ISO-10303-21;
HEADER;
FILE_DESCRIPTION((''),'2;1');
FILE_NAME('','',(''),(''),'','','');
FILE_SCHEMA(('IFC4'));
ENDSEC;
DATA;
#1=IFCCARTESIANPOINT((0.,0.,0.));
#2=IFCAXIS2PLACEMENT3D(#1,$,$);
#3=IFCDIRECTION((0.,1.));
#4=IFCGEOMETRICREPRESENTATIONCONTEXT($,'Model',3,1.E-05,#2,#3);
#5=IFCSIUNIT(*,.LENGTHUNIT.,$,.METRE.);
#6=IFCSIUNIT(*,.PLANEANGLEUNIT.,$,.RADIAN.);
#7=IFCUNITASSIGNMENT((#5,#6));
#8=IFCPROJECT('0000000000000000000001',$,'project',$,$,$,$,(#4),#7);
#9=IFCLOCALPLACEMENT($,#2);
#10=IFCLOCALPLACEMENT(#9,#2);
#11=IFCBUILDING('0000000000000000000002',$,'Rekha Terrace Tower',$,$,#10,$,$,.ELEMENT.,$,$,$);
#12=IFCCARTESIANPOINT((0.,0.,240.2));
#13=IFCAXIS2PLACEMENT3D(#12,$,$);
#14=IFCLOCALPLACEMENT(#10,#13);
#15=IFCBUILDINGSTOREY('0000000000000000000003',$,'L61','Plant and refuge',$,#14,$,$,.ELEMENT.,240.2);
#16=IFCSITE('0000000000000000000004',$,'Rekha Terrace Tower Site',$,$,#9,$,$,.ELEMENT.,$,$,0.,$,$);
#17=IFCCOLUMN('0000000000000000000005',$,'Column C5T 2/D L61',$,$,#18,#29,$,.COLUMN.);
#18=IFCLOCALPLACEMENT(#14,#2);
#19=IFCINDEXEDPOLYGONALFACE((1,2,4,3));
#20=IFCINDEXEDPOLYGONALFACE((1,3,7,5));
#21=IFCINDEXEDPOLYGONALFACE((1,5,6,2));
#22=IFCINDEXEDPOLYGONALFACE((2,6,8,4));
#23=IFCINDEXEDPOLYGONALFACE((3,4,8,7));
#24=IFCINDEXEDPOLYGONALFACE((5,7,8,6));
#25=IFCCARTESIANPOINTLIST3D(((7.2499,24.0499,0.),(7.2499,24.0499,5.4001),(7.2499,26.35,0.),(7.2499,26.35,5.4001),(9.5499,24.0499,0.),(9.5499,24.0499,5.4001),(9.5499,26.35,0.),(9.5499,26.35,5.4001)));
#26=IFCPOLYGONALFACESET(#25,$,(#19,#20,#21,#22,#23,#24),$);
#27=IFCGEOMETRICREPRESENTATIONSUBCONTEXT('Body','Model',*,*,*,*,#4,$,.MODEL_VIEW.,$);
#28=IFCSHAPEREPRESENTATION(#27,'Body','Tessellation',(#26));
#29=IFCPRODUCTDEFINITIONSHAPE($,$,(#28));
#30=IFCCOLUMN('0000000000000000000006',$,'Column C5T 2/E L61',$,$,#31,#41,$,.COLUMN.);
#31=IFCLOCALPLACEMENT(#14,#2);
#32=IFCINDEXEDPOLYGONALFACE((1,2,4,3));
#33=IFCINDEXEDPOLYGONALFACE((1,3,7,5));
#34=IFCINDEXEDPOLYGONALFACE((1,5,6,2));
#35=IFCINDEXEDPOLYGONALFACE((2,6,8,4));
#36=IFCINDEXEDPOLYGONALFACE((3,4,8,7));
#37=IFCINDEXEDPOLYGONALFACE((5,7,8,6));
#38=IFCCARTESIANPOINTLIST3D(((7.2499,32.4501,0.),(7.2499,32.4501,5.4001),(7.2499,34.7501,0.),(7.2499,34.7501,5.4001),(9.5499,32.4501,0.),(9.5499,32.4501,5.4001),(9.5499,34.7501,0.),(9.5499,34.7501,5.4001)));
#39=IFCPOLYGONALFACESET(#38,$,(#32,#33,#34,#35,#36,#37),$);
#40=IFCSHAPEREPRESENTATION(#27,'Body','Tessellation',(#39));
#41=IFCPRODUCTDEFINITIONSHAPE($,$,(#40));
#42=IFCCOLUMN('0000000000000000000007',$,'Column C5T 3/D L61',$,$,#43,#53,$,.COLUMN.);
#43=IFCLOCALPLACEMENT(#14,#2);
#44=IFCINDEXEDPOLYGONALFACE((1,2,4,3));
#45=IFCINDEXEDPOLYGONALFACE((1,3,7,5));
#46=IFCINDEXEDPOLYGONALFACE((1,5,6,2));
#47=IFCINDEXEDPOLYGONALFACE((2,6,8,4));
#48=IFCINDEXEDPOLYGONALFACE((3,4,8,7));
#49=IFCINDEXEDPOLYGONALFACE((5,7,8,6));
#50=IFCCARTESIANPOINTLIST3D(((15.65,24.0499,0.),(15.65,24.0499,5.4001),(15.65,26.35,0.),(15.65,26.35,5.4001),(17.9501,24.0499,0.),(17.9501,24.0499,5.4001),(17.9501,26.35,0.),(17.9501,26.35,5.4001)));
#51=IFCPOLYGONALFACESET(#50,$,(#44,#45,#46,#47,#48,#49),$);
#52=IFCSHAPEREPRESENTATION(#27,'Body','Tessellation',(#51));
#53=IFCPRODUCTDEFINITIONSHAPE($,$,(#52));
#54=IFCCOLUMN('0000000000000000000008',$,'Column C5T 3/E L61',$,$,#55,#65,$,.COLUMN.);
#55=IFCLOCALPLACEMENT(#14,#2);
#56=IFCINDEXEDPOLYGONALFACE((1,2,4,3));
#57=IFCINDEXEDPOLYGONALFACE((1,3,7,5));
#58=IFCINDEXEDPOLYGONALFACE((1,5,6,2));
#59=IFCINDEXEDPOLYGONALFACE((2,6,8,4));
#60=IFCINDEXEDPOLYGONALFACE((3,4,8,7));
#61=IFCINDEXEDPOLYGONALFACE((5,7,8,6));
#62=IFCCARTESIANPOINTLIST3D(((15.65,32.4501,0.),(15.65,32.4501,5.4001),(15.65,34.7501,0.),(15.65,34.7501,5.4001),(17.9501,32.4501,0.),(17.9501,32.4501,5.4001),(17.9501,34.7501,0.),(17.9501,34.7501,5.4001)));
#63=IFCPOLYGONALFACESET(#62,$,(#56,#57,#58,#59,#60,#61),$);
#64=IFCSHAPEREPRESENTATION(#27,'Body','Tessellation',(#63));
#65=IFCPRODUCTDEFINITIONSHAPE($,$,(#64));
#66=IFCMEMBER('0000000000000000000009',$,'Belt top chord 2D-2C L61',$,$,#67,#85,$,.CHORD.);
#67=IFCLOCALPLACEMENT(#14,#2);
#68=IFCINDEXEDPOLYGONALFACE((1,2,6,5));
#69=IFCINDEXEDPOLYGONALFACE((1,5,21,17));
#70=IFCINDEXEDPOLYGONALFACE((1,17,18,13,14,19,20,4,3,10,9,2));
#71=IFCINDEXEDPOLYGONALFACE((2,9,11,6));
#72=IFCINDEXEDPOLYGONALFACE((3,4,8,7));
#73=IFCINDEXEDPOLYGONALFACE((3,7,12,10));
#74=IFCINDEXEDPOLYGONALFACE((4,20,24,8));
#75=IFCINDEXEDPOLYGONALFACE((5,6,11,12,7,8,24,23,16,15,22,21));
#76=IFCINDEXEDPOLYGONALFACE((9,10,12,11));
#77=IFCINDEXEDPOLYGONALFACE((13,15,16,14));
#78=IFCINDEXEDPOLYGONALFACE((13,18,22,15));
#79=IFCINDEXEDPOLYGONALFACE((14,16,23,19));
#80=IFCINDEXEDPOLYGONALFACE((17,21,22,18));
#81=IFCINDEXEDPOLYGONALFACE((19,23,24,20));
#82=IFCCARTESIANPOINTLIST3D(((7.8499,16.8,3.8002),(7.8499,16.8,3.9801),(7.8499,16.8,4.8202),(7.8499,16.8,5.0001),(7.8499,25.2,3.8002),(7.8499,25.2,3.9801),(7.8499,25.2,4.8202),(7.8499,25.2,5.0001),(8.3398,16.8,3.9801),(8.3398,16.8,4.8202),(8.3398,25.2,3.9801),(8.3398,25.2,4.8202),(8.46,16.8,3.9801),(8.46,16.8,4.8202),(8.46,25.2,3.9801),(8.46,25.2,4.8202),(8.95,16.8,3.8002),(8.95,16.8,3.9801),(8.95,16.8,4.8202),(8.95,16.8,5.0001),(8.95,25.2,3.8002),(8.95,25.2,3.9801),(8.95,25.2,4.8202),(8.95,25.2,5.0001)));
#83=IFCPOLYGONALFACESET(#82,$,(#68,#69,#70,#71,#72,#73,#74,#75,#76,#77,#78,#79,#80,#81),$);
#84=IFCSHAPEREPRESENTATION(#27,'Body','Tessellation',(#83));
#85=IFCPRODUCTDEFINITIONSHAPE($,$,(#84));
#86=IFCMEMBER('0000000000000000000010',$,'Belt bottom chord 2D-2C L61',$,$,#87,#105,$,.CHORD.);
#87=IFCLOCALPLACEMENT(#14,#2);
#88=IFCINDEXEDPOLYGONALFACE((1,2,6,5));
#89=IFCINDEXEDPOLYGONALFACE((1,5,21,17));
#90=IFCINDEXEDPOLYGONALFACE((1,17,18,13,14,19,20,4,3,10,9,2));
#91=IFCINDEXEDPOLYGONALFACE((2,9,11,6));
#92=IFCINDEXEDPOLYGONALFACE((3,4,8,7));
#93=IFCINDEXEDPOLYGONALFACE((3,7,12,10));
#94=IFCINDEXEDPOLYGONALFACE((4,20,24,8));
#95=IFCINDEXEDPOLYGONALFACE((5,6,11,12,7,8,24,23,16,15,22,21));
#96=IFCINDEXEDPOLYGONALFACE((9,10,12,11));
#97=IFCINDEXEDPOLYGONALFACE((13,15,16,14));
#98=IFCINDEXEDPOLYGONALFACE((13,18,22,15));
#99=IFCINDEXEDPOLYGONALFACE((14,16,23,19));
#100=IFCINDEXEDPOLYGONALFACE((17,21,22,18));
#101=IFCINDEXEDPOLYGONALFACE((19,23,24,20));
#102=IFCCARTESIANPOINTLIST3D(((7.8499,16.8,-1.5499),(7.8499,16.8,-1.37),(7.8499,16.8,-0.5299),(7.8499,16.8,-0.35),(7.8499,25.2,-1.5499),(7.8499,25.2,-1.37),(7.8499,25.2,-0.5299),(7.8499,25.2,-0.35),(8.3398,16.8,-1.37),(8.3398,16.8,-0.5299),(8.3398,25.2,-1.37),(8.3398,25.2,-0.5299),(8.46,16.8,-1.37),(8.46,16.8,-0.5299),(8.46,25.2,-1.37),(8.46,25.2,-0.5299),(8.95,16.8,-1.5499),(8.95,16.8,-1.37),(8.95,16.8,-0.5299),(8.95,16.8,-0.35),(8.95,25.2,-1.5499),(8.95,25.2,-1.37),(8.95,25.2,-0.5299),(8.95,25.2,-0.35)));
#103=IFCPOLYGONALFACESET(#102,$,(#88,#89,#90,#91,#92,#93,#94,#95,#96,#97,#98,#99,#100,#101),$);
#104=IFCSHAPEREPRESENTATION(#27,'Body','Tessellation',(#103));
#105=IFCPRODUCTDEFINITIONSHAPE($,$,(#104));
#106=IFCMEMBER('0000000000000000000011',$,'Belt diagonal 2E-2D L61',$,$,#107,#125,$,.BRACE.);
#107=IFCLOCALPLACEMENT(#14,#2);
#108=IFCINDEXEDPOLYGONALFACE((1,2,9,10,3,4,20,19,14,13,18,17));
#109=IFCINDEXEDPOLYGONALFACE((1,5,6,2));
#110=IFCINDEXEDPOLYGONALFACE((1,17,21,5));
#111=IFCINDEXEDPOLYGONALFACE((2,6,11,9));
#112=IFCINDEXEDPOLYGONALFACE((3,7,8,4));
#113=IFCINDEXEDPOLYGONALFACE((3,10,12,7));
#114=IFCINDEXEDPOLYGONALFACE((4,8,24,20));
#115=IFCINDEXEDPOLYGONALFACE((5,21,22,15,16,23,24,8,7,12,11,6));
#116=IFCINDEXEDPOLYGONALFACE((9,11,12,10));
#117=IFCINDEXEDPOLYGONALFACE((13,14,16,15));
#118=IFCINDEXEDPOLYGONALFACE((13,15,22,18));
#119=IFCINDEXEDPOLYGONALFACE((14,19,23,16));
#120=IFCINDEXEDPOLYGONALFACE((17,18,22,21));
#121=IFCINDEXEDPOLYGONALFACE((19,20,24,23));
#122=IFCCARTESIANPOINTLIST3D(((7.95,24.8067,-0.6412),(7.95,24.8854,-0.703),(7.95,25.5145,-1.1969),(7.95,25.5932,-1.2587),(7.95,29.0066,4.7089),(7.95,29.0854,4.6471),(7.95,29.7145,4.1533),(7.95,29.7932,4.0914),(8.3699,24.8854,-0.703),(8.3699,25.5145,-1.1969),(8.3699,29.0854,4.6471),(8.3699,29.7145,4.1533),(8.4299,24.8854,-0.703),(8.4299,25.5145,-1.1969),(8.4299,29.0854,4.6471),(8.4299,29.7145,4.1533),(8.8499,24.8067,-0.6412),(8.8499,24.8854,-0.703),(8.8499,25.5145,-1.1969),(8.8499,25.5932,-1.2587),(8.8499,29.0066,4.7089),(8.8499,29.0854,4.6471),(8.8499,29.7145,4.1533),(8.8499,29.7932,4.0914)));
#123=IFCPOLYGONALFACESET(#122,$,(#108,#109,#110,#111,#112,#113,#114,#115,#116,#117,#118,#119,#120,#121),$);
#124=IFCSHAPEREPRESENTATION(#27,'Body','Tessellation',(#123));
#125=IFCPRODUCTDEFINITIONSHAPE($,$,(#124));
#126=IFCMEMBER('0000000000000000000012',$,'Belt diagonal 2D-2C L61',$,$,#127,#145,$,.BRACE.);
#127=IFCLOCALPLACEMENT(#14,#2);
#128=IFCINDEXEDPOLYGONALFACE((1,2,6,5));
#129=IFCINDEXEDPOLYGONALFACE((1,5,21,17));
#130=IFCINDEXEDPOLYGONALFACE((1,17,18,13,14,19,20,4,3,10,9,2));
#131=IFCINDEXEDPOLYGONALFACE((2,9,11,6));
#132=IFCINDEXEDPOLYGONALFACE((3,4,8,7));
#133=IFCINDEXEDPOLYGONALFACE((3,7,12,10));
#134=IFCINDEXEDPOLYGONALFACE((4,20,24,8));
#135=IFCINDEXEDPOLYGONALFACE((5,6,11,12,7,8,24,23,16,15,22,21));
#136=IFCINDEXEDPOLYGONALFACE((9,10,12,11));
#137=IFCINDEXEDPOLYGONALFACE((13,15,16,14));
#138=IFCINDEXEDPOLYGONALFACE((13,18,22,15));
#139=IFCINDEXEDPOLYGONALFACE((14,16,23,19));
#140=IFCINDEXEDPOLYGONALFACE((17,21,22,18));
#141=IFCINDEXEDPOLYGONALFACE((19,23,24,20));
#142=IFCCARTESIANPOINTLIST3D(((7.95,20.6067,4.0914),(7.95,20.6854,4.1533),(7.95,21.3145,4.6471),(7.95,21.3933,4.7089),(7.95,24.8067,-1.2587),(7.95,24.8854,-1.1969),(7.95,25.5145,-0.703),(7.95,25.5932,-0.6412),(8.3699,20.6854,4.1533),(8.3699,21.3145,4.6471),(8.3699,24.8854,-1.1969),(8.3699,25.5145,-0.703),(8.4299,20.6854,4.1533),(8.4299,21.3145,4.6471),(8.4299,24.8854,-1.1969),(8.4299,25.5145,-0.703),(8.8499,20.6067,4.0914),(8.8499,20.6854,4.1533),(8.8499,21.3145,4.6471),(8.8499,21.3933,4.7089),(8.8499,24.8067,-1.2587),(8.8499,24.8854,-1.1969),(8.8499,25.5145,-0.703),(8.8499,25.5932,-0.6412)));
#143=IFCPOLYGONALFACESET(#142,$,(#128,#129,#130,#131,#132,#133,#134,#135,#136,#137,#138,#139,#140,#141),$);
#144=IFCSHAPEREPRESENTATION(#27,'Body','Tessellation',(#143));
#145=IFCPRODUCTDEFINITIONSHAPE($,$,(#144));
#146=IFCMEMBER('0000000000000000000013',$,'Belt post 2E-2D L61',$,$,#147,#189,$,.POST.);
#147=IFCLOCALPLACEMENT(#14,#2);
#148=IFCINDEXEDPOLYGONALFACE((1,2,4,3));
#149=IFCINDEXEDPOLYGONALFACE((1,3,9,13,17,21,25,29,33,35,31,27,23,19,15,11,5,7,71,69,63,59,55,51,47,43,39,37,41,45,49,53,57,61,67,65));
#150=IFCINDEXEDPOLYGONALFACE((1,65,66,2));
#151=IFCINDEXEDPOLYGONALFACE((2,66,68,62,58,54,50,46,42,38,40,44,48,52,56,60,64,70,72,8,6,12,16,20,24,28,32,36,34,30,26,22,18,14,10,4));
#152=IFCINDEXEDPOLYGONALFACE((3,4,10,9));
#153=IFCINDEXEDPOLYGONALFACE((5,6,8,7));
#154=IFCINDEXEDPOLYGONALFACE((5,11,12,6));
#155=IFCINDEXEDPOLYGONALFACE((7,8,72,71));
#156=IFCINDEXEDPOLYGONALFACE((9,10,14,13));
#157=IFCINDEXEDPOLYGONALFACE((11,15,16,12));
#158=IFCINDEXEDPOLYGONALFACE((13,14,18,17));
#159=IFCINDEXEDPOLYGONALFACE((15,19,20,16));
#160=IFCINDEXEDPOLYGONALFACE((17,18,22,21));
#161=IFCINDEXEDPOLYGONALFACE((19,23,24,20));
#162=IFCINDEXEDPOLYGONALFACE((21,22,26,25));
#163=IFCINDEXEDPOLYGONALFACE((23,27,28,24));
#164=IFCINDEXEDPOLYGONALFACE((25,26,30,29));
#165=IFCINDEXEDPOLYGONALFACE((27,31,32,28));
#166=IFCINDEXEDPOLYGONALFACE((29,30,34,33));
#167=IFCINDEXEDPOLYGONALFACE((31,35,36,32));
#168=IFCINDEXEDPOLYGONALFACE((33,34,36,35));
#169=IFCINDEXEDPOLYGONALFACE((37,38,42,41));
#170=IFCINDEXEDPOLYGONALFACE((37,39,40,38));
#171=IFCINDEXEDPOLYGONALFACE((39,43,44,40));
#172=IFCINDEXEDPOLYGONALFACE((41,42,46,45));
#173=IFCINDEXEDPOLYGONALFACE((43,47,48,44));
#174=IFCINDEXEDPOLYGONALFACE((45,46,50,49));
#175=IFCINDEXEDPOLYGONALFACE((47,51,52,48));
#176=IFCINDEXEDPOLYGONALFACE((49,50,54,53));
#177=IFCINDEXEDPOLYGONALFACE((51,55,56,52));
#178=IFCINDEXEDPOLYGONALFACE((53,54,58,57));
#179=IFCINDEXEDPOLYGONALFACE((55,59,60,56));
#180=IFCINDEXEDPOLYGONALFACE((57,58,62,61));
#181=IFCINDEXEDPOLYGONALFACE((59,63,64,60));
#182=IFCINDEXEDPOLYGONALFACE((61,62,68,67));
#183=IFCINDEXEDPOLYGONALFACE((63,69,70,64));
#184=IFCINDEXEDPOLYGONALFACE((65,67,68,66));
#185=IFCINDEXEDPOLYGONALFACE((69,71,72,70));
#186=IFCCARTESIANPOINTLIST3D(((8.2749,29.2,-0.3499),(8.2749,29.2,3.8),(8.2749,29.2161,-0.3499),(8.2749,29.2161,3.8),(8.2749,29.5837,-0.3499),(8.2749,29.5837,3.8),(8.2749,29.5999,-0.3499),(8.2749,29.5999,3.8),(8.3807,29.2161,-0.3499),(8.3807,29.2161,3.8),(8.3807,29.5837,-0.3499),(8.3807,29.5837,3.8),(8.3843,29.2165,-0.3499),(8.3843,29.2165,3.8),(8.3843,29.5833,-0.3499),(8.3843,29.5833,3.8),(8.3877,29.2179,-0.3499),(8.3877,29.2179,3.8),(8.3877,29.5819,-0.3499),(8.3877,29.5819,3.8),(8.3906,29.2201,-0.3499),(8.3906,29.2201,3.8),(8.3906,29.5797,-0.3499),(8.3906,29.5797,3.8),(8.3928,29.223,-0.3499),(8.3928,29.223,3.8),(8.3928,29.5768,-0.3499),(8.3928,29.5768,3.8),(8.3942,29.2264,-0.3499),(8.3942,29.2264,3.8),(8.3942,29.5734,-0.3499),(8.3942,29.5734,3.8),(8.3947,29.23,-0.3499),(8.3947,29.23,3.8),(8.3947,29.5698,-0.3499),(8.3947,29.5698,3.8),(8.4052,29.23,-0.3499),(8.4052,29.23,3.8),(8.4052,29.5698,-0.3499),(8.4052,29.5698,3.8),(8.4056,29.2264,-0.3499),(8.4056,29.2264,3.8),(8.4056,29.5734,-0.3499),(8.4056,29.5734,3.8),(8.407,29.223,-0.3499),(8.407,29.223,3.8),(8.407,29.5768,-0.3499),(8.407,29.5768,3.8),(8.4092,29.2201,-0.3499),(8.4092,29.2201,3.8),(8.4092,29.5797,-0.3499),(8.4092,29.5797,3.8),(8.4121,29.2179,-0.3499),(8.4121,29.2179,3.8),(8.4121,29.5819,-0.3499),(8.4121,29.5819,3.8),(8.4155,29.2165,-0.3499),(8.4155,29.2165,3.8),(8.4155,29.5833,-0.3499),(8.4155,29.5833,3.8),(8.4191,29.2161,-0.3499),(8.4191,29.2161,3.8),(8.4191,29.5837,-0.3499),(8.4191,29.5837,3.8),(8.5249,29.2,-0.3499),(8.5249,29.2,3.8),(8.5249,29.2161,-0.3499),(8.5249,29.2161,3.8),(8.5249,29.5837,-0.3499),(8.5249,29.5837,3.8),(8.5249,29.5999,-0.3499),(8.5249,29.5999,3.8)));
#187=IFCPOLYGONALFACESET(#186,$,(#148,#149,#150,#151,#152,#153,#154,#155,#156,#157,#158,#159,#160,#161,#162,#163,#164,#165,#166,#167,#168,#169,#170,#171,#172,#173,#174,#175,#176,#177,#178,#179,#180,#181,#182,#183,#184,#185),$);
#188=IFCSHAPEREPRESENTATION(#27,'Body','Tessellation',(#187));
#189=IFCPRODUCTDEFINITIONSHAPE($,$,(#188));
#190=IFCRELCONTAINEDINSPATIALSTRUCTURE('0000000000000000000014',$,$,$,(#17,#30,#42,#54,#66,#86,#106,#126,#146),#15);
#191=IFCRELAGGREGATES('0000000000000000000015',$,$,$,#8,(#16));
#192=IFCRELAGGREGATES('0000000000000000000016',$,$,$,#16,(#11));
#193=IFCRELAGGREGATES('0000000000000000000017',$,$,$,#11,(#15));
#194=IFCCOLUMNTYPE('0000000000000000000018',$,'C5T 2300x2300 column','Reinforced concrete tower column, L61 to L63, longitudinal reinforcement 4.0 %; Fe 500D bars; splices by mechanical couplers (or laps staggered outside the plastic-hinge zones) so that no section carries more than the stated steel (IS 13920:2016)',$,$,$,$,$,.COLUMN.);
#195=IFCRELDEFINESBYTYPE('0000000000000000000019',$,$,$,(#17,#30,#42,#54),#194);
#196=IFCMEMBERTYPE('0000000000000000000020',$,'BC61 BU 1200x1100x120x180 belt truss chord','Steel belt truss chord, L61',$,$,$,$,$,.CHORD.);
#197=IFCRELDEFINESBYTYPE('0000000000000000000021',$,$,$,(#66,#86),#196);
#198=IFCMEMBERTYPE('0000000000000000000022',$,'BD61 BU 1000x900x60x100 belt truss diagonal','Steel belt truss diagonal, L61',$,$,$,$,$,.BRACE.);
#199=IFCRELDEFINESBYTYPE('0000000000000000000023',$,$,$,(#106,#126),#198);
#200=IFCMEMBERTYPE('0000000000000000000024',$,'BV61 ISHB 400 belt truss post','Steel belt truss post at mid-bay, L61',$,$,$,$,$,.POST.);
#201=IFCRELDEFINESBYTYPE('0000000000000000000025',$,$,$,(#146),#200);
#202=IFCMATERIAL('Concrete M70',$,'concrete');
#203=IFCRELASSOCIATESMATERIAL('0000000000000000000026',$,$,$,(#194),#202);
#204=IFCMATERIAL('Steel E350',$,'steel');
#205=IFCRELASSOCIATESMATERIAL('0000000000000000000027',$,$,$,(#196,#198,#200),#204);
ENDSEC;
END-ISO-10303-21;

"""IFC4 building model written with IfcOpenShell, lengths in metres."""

from ifc_helpers import new_model, si_unit, direction, frame, origin, origin_2d, place, context, subcontext, project, spatial, rectangle, i_section, extrude, material, material_profile, profile_set, type_object, element, save


model = new_model("IFC4")

# Units and contexts
model_context = context("Model", 3, precision=1e-05, world=origin(), true_north=direction((0.0, 1.0)))
body_context = subcontext(model_context, "Body", "Model", "MODEL_VIEW")
ifc_project = project(units=[si_unit("LENGTHUNIT", "METRE"), si_unit("PLANEANGLEUNIT", "RADIAN")], contexts=[model_context])

# Site, building, storey
site_placement = place(None, origin())
site = spatial("IfcSite", under=ifc_project, at=site_placement, Name="Rekha Terrace Tower Site", CompositionType="ELEMENT", RefElevation=0.0)
building_placement = place(site_placement, origin())
building = spatial("IfcBuilding", under=site, at=building_placement, Name="Rekha Terrace Tower", CompositionType="ELEMENT")
storey_placement = place(building_placement, frame((0.0, 0.0, 240.2)))
storey = spatial("IfcBuildingStorey", under=building, at=storey_placement, Name="L61", Description="Plant and refuge", CompositionType="ELEMENT", Elevation=240.2)

# Columns
ifc_material_1 = material(Name="Concrete M70", Category="concrete")
ifc_material_profile_1 = material_profile(ifc_material_1, rectangle(XDim=2.3, YDim=2.3, at=origin_2d()), Name="RC 2300x2300")
ifc_profile_set_1 = profile_set([ifc_material_profile_1], Name="Concrete M70")
column_type = type_object("IfcColumnType", Name="C5T 2300x2300 column", Description="Reinforced concrete tower column, L61 to L63, longitudinal reinforcement 4.0 %; Fe 500D bars; splices by mechanical couplers (or laps staggered outside the plastic-hinge zones) so that no section carries more than the stated steel (IS 13920:2016)", PredefinedType="COLUMN", material=ifc_profile_set_1)
for number, where, z_axis, x_axis, name in (
    (1, (8.3999, 25.2, 0.0), (0.0, 0.0, 1.0), (1.0, 0.0, 0.0), "Column C5T 2/D L61"),
    (2, (8.3999, 33.6001, 0.0), (0.0, 0.0, 1.0), (1.0, 0.0, 0.0), "Column C5T 2/E L61"),
    (3, (16.8, 25.2, 0.0), (0.0, 0.0, 1.0), (1.0, 0.0, 0.0), "Column C5T 3/D L61"),
    (4, (16.8, 33.6001, 0.0), (0.0, 0.0, 1.0), (1.0, 0.0, 0.0), "Column C5T 3/E L61"),
):
    element("IfcColumn", number, at=place(storey_placement, frame(where, z_axis=z_axis, x_axis=x_axis)), inside=storey, type_object=column_type, Name=name, PredefinedType="COLUMN", context=body_context, shape_type="SweptSolid", body=[
        extrude(rectangle(XDim=2.3, YDim=2.3, at=origin_2d()), origin(), (0.0, 0.0, 1.0), 5.4001),
    ])

# Members
ifc_material_2 = material(Name="Steel E350", Category="steel")
ifc_material_profile_2 = material_profile(ifc_material_2, i_section(OverallWidth=1.1001, OverallDepth=1.2, WebThickness=0.1201, FlangeThickness=0.1799, at=origin_2d()), Name="BU 1200x1100x120x180")
ifc_profile_set_2 = profile_set([ifc_material_profile_2], Name="Steel E350")
member_type_1 = type_object("IfcMemberType", Name="BC61 BU 1200x1100x120x180 belt truss chord", Description="Steel belt truss chord, L61", PredefinedType="CHORD", material=ifc_profile_set_2)
for number, where, z_axis, x_axis, name in (
    (5, (8.3999, 25.2, 4.4001), (0.0, -1.0, 0.0), (1.0, 0.0, 0.0), "Belt top chord 2D-2C L61"),
    (6, (8.3999, 25.2, -0.95), (0.0, -1.0, 0.0), (1.0, 0.0, 0.0), "Belt bottom chord 2D-2C L61"),
):
    element("IfcMember", number, at=place(storey_placement, frame(where, z_axis=z_axis, x_axis=x_axis)), inside=storey, type_object=member_type_1, Name=name, PredefinedType="CHORD", context=body_context, shape_type="SweptSolid", body=[
        extrude(i_section(OverallWidth=1.1001, OverallDepth=1.2, WebThickness=0.1201, FlangeThickness=0.1799, at=origin_2d()), origin(), (0.0, 0.0, 1.0), 8.3999),
    ])
ifc_material_profile_3 = material_profile(ifc_material_2, i_section(OverallWidth=0.8999, OverallDepth=1.0, WebThickness=0.0601, FlangeThickness=0.1001, at=origin_2d()), Name="BU 1000x900x60x100")
ifc_profile_set_3 = profile_set([ifc_material_profile_3], Name="Steel E350")
member_type_2 = type_object("IfcMemberType", Name="BD61 BU 1000x900x60x100 belt truss diagonal", Description="Steel belt truss diagonal, L61", PredefinedType="BRACE", material=ifc_profile_set_3)
for number, where, z_axis, x_axis, name in (
    (7, (8.3999, 25.2, -0.95), (0.0, 0.617485, 0.786582), (-1.0, 0.0, 0.0), "Belt diagonal 2E-2D L61"),
    (8, (8.3999, 25.2, -0.95), (0.0, -0.617485, 0.786582), (1.0, 0.0, 0.0), "Belt diagonal 2D-2C L61"),
):
    element("IfcMember", number, at=place(storey_placement, frame(where, z_axis=z_axis, x_axis=x_axis)), inside=storey, type_object=member_type_2, Name=name, PredefinedType="BRACE", context=body_context, shape_type="SweptSolid", body=[
        extrude(i_section(OverallWidth=0.8999, OverallDepth=1.0, WebThickness=0.0601, FlangeThickness=0.1001, at=origin_2d()), origin(), (0.0, 0.0, 1.0), 6.8018),
    ])
ifc_material_profile_4 = material_profile(ifc_material_2, i_section(OverallWidth=0.25, OverallDepth=0.3999, WebThickness=0.0105, FlangeThickness=0.0161, FilletRadius=0.0139, at=origin_2d()), Name="ISHB 400")
ifc_profile_set_4 = profile_set([ifc_material_profile_4], Name="Steel E350")
member_type_3 = type_object("IfcMemberType", Name="BV61 ISHB 400 belt truss post", Description="Steel belt truss post at mid-bay, L61", PredefinedType="POST", material=ifc_profile_set_4)
member_1_placement = place(storey_placement, frame((8.3999, 29.3999, -0.3499), z_axis=(0.0, 0.0, 1.0), x_axis=(1.0, 0.0, 0.0)))
element("IfcMember", 9, at=member_1_placement, inside=storey, type_object=member_type_3, Name="Belt post 2E-2D L61", PredefinedType="POST", context=body_context, shape_type="SweptSolid", body=[
    extrude(i_section(OverallWidth=0.25, OverallDepth=0.3999, WebThickness=0.0105, FlangeThickness=0.0161, FilletRadius=0.0139, at=origin_2d()), origin(), (0.0, 0.0, 1.0), 4.1499),
])

save(model, "model.ifc")
